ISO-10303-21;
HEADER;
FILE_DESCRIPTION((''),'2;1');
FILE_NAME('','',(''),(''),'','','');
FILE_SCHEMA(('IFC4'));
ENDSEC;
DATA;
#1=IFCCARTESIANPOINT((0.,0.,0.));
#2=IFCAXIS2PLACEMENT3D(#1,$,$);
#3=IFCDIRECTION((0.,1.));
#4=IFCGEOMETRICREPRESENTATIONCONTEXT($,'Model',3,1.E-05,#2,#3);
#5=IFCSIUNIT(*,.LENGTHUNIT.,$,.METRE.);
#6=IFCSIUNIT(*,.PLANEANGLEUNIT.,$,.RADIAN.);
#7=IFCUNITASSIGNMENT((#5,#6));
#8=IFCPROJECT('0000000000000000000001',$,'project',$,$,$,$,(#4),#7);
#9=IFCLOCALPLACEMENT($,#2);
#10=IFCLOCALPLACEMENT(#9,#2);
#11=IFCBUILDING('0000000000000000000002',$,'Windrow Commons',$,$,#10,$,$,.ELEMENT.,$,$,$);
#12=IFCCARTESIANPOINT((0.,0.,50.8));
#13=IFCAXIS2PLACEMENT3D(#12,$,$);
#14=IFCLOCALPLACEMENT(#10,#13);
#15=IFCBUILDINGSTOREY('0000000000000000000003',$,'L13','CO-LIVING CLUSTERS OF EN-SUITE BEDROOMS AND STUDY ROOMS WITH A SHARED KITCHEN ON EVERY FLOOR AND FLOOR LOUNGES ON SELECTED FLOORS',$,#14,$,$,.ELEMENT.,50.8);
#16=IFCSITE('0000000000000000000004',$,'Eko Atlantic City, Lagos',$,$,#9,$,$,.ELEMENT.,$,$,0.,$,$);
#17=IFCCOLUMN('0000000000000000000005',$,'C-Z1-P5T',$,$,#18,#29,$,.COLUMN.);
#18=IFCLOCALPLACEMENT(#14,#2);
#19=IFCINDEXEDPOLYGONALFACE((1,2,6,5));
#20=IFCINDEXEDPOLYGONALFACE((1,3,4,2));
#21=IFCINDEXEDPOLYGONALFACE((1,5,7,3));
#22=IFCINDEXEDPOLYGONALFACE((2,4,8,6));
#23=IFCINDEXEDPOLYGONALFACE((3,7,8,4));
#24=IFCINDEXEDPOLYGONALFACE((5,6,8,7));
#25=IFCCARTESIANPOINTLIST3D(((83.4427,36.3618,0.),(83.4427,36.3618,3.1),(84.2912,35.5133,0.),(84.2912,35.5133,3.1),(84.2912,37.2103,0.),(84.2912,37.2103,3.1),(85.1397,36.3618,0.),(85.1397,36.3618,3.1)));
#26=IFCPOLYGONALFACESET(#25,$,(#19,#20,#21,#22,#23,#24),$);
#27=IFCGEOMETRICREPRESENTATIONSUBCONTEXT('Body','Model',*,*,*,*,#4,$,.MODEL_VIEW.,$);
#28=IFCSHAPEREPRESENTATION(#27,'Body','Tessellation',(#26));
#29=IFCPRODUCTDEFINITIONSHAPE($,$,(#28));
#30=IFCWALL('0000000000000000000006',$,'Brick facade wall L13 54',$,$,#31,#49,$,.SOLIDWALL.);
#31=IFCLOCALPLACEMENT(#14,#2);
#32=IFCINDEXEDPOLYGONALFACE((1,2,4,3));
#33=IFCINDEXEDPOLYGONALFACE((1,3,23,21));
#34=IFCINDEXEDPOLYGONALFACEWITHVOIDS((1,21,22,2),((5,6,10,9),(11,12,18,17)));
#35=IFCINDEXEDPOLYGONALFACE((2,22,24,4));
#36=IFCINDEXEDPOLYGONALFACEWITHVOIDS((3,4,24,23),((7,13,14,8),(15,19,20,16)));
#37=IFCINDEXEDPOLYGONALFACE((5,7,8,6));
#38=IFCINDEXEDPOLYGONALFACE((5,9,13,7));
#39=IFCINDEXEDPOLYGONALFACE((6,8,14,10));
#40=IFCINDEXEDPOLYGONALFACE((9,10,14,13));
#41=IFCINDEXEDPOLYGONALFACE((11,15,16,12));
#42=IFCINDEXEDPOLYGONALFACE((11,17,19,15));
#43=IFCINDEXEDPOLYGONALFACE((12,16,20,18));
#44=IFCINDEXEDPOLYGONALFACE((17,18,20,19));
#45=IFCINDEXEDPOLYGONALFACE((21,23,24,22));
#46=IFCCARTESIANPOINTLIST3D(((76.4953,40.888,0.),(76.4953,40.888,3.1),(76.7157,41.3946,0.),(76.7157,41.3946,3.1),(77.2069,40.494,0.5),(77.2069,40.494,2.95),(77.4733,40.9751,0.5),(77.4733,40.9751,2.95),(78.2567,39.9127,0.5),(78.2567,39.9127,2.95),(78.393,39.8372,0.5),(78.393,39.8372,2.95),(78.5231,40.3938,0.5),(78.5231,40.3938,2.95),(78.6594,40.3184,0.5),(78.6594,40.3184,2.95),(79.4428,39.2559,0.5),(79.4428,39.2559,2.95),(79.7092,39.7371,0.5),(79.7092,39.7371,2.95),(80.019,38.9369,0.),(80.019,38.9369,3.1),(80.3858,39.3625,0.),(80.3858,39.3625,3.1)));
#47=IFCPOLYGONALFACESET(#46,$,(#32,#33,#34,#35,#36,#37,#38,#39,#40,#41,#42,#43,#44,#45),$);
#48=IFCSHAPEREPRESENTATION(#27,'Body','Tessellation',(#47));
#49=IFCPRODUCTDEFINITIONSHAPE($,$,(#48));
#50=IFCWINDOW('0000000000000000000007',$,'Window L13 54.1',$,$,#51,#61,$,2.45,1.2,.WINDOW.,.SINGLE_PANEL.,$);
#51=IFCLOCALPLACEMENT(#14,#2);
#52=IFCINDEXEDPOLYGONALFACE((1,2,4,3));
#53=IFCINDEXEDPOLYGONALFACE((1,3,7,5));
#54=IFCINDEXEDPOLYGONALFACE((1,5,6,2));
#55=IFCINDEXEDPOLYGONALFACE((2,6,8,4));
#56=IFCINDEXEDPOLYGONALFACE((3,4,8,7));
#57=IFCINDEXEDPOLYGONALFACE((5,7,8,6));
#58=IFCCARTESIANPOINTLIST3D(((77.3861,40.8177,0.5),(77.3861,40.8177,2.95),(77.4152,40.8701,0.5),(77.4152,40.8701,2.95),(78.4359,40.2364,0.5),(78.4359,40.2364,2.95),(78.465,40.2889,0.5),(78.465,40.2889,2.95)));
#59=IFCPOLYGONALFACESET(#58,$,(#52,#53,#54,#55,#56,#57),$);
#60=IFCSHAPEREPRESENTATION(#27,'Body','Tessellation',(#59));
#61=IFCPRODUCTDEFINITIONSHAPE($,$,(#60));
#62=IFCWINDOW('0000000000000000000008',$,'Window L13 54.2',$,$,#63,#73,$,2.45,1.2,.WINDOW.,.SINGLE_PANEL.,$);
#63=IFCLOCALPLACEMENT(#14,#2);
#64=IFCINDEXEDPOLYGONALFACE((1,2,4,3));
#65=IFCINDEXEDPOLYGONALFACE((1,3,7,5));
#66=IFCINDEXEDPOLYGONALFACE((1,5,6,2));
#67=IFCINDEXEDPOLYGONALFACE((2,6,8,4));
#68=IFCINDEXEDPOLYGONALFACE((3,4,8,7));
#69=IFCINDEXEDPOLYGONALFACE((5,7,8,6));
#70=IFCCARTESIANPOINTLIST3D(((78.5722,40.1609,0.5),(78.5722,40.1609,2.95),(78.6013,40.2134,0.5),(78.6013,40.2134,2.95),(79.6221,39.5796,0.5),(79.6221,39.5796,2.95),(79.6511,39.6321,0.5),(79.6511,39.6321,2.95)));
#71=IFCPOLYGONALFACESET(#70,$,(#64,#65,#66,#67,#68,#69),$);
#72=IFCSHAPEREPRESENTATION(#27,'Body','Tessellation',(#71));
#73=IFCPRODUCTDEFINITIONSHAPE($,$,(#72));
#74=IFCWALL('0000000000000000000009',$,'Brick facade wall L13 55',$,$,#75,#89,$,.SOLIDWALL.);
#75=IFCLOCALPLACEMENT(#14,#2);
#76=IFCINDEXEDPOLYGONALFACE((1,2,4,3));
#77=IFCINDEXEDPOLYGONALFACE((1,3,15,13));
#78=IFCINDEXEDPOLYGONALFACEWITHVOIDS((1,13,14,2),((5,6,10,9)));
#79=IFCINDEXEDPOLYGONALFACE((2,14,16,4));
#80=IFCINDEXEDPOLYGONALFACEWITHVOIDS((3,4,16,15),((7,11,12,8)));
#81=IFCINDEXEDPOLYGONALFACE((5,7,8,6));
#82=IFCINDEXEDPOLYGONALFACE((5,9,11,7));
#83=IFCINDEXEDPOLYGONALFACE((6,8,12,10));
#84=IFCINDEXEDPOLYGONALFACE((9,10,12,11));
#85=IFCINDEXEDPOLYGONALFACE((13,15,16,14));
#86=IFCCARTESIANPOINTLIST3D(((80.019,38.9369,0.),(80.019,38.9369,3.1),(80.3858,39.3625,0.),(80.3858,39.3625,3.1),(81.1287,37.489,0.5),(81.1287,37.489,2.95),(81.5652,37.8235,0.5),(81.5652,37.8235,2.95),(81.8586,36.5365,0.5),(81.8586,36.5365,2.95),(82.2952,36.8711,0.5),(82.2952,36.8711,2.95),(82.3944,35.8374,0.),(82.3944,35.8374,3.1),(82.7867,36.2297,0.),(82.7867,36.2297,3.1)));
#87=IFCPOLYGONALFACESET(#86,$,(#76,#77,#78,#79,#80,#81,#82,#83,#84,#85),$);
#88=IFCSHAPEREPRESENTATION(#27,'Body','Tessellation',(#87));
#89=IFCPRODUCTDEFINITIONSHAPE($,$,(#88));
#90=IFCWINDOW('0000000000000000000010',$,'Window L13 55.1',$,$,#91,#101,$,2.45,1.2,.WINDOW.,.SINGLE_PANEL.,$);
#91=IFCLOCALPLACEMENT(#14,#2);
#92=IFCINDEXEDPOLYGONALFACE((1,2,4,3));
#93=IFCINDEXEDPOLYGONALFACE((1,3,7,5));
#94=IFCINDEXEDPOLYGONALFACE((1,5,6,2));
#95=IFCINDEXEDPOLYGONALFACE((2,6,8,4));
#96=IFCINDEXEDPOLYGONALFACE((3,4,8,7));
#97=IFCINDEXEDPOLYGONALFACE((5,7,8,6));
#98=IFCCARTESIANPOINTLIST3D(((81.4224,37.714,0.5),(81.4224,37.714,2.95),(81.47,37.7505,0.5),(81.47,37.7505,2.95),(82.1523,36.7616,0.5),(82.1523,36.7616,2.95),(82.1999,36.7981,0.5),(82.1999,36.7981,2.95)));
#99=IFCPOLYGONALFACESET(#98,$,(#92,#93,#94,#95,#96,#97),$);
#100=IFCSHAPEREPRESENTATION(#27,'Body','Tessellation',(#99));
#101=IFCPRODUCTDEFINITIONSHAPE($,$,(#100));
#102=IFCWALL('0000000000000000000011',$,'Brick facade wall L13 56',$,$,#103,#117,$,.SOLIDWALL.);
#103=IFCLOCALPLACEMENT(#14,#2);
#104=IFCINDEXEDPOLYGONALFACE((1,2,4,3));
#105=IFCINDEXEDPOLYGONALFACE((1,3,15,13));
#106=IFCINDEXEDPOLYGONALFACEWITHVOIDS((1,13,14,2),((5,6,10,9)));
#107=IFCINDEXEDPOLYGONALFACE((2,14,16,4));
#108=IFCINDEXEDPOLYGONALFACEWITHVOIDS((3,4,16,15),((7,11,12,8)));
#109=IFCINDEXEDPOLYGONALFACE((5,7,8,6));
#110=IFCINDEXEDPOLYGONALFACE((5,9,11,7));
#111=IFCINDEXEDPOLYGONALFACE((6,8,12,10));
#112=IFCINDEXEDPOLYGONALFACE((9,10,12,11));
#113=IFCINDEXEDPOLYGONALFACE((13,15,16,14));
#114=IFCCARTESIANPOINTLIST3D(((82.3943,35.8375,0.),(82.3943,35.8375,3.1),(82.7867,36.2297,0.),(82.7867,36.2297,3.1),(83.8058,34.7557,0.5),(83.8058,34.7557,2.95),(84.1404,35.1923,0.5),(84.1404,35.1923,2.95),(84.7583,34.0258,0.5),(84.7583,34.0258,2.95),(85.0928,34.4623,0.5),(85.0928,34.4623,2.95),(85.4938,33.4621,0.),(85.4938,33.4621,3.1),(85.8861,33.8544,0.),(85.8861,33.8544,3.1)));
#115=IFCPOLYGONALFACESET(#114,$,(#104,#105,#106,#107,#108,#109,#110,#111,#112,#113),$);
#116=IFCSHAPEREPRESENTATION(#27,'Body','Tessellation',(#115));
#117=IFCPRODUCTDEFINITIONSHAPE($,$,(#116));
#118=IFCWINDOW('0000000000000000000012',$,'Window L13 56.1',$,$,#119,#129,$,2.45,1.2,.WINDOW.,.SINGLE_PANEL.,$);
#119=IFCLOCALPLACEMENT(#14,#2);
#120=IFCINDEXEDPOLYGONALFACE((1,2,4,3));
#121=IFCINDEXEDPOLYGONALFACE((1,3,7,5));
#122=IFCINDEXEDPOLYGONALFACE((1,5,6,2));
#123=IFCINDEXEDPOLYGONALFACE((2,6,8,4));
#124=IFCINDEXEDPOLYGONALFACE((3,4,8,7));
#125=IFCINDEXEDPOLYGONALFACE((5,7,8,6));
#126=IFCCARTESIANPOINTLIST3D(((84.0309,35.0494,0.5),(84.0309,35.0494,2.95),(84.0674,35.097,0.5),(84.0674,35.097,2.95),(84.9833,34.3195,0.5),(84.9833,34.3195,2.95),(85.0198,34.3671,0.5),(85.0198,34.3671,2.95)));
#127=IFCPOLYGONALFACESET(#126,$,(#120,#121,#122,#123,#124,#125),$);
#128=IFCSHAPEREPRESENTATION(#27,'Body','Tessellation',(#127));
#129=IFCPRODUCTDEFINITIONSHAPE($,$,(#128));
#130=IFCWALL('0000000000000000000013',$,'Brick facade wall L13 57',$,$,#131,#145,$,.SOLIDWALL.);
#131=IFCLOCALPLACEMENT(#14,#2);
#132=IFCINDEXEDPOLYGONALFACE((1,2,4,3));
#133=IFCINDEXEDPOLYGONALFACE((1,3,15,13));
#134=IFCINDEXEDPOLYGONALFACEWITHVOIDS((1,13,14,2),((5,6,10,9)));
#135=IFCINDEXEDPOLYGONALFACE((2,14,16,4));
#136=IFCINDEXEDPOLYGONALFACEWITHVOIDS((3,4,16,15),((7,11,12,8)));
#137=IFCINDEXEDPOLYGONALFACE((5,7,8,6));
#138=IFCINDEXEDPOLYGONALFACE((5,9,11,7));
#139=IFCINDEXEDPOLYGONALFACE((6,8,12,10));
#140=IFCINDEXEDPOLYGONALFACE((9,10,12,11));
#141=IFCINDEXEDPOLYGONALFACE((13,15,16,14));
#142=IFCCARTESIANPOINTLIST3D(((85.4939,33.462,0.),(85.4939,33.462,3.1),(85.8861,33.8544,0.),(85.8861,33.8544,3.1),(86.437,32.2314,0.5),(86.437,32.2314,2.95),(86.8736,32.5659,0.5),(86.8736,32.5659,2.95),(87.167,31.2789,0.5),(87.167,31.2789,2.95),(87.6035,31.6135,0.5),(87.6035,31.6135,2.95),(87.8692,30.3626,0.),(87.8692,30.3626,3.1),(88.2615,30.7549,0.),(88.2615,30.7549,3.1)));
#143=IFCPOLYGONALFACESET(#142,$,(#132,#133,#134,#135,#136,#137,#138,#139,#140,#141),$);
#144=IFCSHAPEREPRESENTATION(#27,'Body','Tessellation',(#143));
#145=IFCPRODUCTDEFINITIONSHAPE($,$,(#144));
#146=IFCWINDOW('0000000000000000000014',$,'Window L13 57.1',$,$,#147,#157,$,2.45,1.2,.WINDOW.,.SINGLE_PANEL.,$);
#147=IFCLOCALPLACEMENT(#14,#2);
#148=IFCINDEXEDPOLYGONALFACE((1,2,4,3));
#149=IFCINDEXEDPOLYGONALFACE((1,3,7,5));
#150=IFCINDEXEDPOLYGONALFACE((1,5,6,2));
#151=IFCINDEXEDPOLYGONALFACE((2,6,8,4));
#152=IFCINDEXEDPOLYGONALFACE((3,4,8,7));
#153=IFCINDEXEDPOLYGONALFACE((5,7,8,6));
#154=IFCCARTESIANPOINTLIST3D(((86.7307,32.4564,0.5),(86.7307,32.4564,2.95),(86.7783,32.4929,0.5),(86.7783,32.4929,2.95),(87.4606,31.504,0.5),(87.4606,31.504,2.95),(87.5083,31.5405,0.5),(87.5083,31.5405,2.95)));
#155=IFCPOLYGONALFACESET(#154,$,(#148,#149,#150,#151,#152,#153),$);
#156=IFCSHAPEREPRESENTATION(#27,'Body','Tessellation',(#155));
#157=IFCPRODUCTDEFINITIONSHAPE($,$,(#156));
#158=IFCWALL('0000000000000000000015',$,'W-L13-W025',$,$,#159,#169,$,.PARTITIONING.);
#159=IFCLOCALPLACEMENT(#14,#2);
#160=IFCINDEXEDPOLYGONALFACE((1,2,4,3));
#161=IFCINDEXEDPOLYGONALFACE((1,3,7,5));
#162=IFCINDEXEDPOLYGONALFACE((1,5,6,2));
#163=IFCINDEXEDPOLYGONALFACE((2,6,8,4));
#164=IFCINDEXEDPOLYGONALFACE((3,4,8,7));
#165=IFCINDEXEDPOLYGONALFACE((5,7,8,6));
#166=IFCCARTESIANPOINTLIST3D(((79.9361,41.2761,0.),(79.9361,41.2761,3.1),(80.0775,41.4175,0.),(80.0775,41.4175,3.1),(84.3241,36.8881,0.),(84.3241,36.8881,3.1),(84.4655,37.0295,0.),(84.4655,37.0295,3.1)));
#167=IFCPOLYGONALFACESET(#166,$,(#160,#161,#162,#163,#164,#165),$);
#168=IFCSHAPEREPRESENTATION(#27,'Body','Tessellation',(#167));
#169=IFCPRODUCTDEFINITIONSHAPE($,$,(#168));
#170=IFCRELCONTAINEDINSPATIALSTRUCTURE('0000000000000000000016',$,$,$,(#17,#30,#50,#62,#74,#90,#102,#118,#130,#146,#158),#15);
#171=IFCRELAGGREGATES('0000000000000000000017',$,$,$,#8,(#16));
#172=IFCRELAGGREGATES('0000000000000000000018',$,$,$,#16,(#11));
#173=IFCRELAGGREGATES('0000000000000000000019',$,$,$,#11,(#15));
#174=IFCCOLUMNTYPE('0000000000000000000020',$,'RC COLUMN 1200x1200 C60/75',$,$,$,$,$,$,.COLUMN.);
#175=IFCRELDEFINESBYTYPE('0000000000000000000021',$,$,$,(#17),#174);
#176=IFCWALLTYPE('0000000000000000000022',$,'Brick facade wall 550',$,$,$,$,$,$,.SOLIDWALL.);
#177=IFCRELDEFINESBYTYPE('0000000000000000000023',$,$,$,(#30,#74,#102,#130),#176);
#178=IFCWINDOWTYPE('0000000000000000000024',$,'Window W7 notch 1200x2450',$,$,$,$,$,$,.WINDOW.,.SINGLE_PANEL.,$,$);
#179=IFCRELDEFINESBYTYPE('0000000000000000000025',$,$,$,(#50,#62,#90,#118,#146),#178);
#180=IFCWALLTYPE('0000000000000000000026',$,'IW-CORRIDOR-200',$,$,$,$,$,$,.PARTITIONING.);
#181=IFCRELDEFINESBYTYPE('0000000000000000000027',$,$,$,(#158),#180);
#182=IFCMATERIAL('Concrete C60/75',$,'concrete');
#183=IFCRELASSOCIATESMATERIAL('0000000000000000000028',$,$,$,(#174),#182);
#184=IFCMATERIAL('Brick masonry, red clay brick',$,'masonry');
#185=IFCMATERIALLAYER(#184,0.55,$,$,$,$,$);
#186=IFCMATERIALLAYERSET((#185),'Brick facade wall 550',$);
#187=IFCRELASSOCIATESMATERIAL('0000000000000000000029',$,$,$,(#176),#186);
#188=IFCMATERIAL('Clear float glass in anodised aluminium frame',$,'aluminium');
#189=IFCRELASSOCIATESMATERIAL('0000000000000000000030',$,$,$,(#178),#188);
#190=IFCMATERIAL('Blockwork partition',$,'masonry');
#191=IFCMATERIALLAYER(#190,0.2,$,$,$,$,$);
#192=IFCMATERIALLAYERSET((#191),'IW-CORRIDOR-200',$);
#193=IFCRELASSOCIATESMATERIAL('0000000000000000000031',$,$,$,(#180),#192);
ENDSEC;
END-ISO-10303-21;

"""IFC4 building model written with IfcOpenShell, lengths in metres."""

from ifc_helpers import new_model, si_unit, direction, frame, frame_2d, origin, origin_2d, place, context, subcontext, project, spatial, polyline, rectangle, outline, extrude, material, layer, layer_set, material_profile, profile_set, type_object, element, fill, save


model = new_model("IFC4")

# Units and contexts
model_context = context("Model", 3, precision=1e-05, world=origin(), true_north=direction((0.0, 1.0)))
body_context = subcontext(model_context, "Body", "Model", "MODEL_VIEW")
ifc_project = project(units=[si_unit("LENGTHUNIT", "METRE"), si_unit("PLANEANGLEUNIT", "RADIAN")], contexts=[model_context])

# Site, building, storey
site_placement = place(None, origin())
site = spatial("IfcSite", under=ifc_project, at=site_placement, Name="Eko Atlantic City, Lagos", CompositionType="ELEMENT", RefElevation=0.0)
building_placement = place(site_placement, origin())
building = spatial("IfcBuilding", under=site, at=building_placement, Name="Windrow Commons", CompositionType="ELEMENT")
storey_placement = place(building_placement, frame((0.0, 0.0, 50.8)))
storey = spatial("IfcBuildingStorey", under=building, at=storey_placement, Name="L13", Description="CO-LIVING CLUSTERS OF EN-SUITE BEDROOMS AND STUDY ROOMS WITH A SHARED KITCHEN ON EVERY FLOOR AND FLOOR LOUNGES ON SELECTED FLOORS", CompositionType="ELEMENT", Elevation=50.8)

# Column
ifc_material_1 = material(Name="Concrete C60/75", Category="concrete")
ifc_material_profile = material_profile(ifc_material_1, rectangle(XDim=1.2, YDim=1.2, at=origin_2d()))
ifc_profile_set = profile_set([ifc_material_profile], Name="Concrete C60/75")
column_type = type_object("IfcColumnType", Name="RC COLUMN 1200x1200 C60/75", PredefinedType="COLUMN", material=ifc_profile_set)
column_placement = place(storey_placement, frame((84.2912, 36.3618, 0.0), z_axis=(0.0, 0.0, 1.0), x_axis=(0.707107, -0.707107, 0.0)))
element("IfcColumn", 1, at=column_placement, inside=storey, type_object=column_type, Name="C-Z1-P5T", PredefinedType="COLUMN", context=body_context, shape_type="SweptSolid", body=[
    extrude(rectangle(XDim=1.2, YDim=1.2, at=origin_2d()), origin(), (0.0, 0.0, 1.0), 3.1),
])

# Wall, openings, windows
ifc_material_2 = material(Name="Brick masonry, red clay brick", Category="masonry")
ifc_layer_1 = layer(ifc_material_2, 0.55)
ifc_layer_set_1 = layer_set([ifc_layer_1], Name="Brick facade wall 550")
wall_type_1 = type_object("IfcWallType", Name="Brick facade wall 550", PredefinedType="SOLIDWALL", material=ifc_layer_set_1)
wall_1_placement = place(storey_placement, frame((76.6055, 41.1413, 0.0), z_axis=(0.0, 0.0, 1.0), x_axis=(0.874846, -0.484401, 0.0)))
wall_1 = element("IfcWall", 2, at=wall_1_placement, inside=storey, type_object=wall_type_1, Name="Brick facade wall L13 54", PredefinedType="SOLIDWALL", context=body_context, shape_type="SweptSolid", body=[
    extrude(outline(polyline([(0.0263, -0.275), (4.0541, -0.275), (4.1688, 0.275), (-0.0263, 0.275), (0.0263, -0.275)])), origin(), (0.0, 0.0, 1.0), 3.1),
])
opening_1_placement = place(wall_1_placement, frame((0.8397, 0.0, 0.5)))
opening_1 = element("IfcOpeningElement", 3, at=opening_1_placement, cuts=wall_1, PredefinedType="OPENING", context=body_context, shape_type="SweptSolid", body=[
    extrude(rectangle(XDim=1.2, YDim=2.45, at=frame_2d((0.6, 1.225))), frame((0.0, 0.285, 0.0), z_axis=(0.0, -1.0, 0.0), x_axis=(1.0, 0.0, 0.0)), (0.0, 0.0, 1.0), 0.57),
])
opening_2_placement = place(wall_1_placement, frame((2.1955, 0.0, 0.5)))
opening_2 = element("IfcOpeningElement", 4, at=opening_2_placement, cuts=wall_1, PredefinedType="OPENING", context=body_context, shape_type="SweptSolid", body=[
    extrude(rectangle(XDim=1.2, YDim=2.45, at=frame_2d((0.6, 1.225))), frame((0.0, 0.285, 0.0), z_axis=(0.0, -1.0, 0.0), x_axis=(1.0, 0.0, 0.0)), (0.0, 0.0, 1.0), 0.57),
])
ifc_material_3 = material(Name="Clear float glass in anodised aluminium frame", Category="aluminium")
window_type = type_object("IfcWindowType", Name="Window W7 notch 1200x2450", PartitioningType="SINGLE_PANEL", PredefinedType="WINDOW", material=ifc_material_3)
window_1_placement = place(opening_1_placement, origin())
window_1 = element("IfcWindow", 5, at=window_1_placement, inside=storey, type_object=window_type, Name="Window L13 54.1", OverallHeight=2.45, OverallWidth=1.2, PartitioningType="SINGLE_PANEL", PredefinedType="WINDOW", context=body_context, shape_type="SweptSolid", body=[
    extrude(rectangle(XDim=1.2, YDim=2.45, at=frame_2d((0.6, 1.225))), frame((0.0, 0.155, 0.0), z_axis=(0.0, -1.0, 0.0), x_axis=(1.0, 0.0, 0.0)), (0.0, 0.0, 1.0), 0.06),
])
fill(opening_1, window_1)
window_2_placement = place(opening_2_placement, origin())
window_2 = element("IfcWindow", 6, at=window_2_placement, inside=storey, type_object=window_type, Name="Window L13 54.2", OverallHeight=2.45, OverallWidth=1.2, PartitioningType="SINGLE_PANEL", PredefinedType="WINDOW", context=body_context, shape_type="SweptSolid", body=[
    extrude(rectangle(XDim=1.2, YDim=2.45, at=frame_2d((0.6, 1.225))), frame((0.0, 0.155, 0.0), z_axis=(0.0, -1.0, 0.0), x_axis=(1.0, 0.0, 0.0)), (0.0, 0.0, 1.0), 0.06),
])
fill(opening_2, window_2)

# Walls, openings, windows
wall_2_placement = place(storey_placement, frame((80.2024, 39.1497, 0.0), z_axis=(0.0, 0.0, 1.0), x_axis=(0.608286, -0.793718, 0.0)))
wall_2 = element("IfcWall", 7, at=wall_2_placement, inside=storey, type_object=wall_type_1, Name="Brick facade wall L13 55", PredefinedType="SOLIDWALL", context=body_context, shape_type="SweptSolid", body=[
    extrude(outline(polyline([(0.0574, -0.275), (3.9624, -0.275), (3.8896, 0.275), (-0.0574, 0.275), (0.0574, -0.275)])), origin(), (0.0, 0.0, 1.0), 3.1),
])
opening_3_placement = place(wall_2_placement, frame((1.8816, 0.0, 0.5)))
opening_3 = element("IfcOpeningElement", 8, at=opening_3_placement, cuts=wall_2, PredefinedType="OPENING", context=body_context, shape_type="SweptSolid", body=[
    extrude(rectangle(XDim=1.2, YDim=2.45, at=frame_2d((0.6, 1.225))), frame((0.0, 0.285, 0.0), z_axis=(0.0, -1.0, 0.0), x_axis=(1.0, 0.0, 0.0)), (0.0, 0.0, 1.0), 0.57),
])
window_3_placement = place(opening_3_placement, origin())
window_3 = element("IfcWindow", 9, at=window_3_placement, inside=storey, type_object=window_type, Name="Window L13 55.1", OverallHeight=2.45, OverallWidth=1.2, PartitioningType="SINGLE_PANEL", PredefinedType="WINDOW", context=body_context, shape_type="SweptSolid", body=[
    extrude(rectangle(XDim=1.2, YDim=2.45, at=frame_2d((0.6, 1.225))), frame((0.0, 0.155, 0.0), z_axis=(0.0, -1.0, 0.0), x_axis=(1.0, 0.0, 0.0)), (0.0, 0.0, 1.0), 0.06),
])
fill(opening_3, window_3)
wall_3_placement = place(storey_placement, frame((82.5905, 36.0336, 0.0), z_axis=(0.0, 0.0, 1.0), x_axis=(0.793716, -0.608289, 0.0)))
wall_3 = element("IfcWall", 10, at=wall_3_placement, inside=storey, type_object=wall_type_1, Name="Brick facade wall L13 56", PredefinedType="SOLIDWALL", context=body_context, shape_type="SweptSolid", body=[
    extrude(outline(polyline([(-0.0364, -0.275), (3.8686, -0.275), (3.9414, 0.275), (0.0364, 0.275), (-0.0364, -0.275)])), origin(), (0.0, 0.0, 1.0), 3.1),
])
opening_4_placement = place(wall_3_placement, frame((1.7419, 0.0, 0.5)))
opening_4 = element("IfcOpeningElement", 11, at=opening_4_placement, cuts=wall_3, PredefinedType="OPENING", context=body_context, shape_type="SweptSolid", body=[
    extrude(rectangle(XDim=1.2, YDim=2.45, at=frame_2d((0.6, 1.225))), frame((0.0, 0.285, 0.0), z_axis=(0.0, -1.0, 0.0), x_axis=(1.0, 0.0, 0.0)), (0.0, 0.0, 1.0), 0.57),
])
window_4_placement = place(opening_4_placement, origin())
window_4 = element("IfcWindow", 12, at=window_4_placement, inside=storey, type_object=window_type, Name="Window L13 56.1", OverallHeight=2.45, OverallWidth=1.2, PartitioningType="SINGLE_PANEL", PredefinedType="WINDOW", context=body_context, shape_type="SweptSolid", body=[
    extrude(rectangle(XDim=1.2, YDim=2.45, at=frame_2d((0.6, 1.225))), frame((0.0, 0.155, 0.0), z_axis=(0.0, -1.0, 0.0), x_axis=(1.0, 0.0, 0.0)), (0.0, 0.0, 1.0), 0.06),
])
fill(opening_4, window_4)
wall_4_placement = place(storey_placement, frame((85.69, 33.6582, 0.0), z_axis=(0.0, 0.0, 1.0), x_axis=(0.608289, -0.793716, 0.0)))
wall_4 = element("IfcWall", 13, at=wall_4_placement, inside=storey, type_object=wall_type_1, Name="Brick facade wall L13 57", PredefinedType="SOLIDWALL", context=body_context, shape_type="SweptSolid", body=[
    extrude(outline(polyline([(0.0364, -0.275), (3.9414, -0.275), (3.8686, 0.275), (-0.0364, 0.275), (0.0364, -0.275)])), origin(), (0.0, 0.0, 1.0), 3.1),
])
opening_5_placement = place(wall_4_placement, frame((1.5869, 0.0, 0.5)))
opening_5 = element("IfcOpeningElement", 14, at=opening_5_placement, cuts=wall_4, PredefinedType="OPENING", context=body_context, shape_type="SweptSolid", body=[
    extrude(rectangle(XDim=1.2, YDim=2.45, at=frame_2d((0.6, 1.225))), frame((0.0, 0.285, 0.0), z_axis=(0.0, -1.0, 0.0), x_axis=(1.0, 0.0, 0.0)), (0.0, 0.0, 1.0), 0.57),
])
window_5_placement = place(opening_5_placement, origin())
window_5 = element("IfcWindow", 15, at=window_5_placement, inside=storey, type_object=window_type, Name="Window L13 57.1", OverallHeight=2.45, OverallWidth=1.2, PartitioningType="SINGLE_PANEL", PredefinedType="WINDOW", context=body_context, shape_type="SweptSolid", body=[
    extrude(rectangle(XDim=1.2, YDim=2.45, at=frame_2d((0.6, 1.225))), frame((0.0, 0.155, 0.0), z_axis=(0.0, -1.0, 0.0), x_axis=(1.0, 0.0, 0.0)), (0.0, 0.0, 1.0), 0.06),
])
fill(opening_5, window_5)

# Wall
ifc_material_4 = material(Name="Blockwork partition", Category="masonry")
ifc_layer_2 = layer(ifc_material_4, 0.2)
ifc_layer_set_2 = layer_set([ifc_layer_2], Name="IW-CORRIDOR-200")
wall_type_2 = type_object("IfcWallType", Name="IW-CORRIDOR-200", PredefinedType="PARTITIONING", material=ifc_layer_set_2)
wall_5_placement = place(storey_placement, frame((80.0068, 41.3468, 0.0), z_axis=(0.0, 0.0, 1.0), x_axis=(0.707107, -0.707107, 0.0)))
element("IfcWall", 16, at=wall_5_placement, inside=storey, type_object=wall_type_2, Name="W-L13-W025", PredefinedType="PARTITIONING", context=body_context, shape_type="SweptSolid", body=[
    extrude(rectangle(XDim=6.2056, YDim=0.2, at=frame_2d((3.1028, 0.0))), origin(), (0.0, 0.0, 1.0), 3.1),
])

save(model, "model.ifc")
